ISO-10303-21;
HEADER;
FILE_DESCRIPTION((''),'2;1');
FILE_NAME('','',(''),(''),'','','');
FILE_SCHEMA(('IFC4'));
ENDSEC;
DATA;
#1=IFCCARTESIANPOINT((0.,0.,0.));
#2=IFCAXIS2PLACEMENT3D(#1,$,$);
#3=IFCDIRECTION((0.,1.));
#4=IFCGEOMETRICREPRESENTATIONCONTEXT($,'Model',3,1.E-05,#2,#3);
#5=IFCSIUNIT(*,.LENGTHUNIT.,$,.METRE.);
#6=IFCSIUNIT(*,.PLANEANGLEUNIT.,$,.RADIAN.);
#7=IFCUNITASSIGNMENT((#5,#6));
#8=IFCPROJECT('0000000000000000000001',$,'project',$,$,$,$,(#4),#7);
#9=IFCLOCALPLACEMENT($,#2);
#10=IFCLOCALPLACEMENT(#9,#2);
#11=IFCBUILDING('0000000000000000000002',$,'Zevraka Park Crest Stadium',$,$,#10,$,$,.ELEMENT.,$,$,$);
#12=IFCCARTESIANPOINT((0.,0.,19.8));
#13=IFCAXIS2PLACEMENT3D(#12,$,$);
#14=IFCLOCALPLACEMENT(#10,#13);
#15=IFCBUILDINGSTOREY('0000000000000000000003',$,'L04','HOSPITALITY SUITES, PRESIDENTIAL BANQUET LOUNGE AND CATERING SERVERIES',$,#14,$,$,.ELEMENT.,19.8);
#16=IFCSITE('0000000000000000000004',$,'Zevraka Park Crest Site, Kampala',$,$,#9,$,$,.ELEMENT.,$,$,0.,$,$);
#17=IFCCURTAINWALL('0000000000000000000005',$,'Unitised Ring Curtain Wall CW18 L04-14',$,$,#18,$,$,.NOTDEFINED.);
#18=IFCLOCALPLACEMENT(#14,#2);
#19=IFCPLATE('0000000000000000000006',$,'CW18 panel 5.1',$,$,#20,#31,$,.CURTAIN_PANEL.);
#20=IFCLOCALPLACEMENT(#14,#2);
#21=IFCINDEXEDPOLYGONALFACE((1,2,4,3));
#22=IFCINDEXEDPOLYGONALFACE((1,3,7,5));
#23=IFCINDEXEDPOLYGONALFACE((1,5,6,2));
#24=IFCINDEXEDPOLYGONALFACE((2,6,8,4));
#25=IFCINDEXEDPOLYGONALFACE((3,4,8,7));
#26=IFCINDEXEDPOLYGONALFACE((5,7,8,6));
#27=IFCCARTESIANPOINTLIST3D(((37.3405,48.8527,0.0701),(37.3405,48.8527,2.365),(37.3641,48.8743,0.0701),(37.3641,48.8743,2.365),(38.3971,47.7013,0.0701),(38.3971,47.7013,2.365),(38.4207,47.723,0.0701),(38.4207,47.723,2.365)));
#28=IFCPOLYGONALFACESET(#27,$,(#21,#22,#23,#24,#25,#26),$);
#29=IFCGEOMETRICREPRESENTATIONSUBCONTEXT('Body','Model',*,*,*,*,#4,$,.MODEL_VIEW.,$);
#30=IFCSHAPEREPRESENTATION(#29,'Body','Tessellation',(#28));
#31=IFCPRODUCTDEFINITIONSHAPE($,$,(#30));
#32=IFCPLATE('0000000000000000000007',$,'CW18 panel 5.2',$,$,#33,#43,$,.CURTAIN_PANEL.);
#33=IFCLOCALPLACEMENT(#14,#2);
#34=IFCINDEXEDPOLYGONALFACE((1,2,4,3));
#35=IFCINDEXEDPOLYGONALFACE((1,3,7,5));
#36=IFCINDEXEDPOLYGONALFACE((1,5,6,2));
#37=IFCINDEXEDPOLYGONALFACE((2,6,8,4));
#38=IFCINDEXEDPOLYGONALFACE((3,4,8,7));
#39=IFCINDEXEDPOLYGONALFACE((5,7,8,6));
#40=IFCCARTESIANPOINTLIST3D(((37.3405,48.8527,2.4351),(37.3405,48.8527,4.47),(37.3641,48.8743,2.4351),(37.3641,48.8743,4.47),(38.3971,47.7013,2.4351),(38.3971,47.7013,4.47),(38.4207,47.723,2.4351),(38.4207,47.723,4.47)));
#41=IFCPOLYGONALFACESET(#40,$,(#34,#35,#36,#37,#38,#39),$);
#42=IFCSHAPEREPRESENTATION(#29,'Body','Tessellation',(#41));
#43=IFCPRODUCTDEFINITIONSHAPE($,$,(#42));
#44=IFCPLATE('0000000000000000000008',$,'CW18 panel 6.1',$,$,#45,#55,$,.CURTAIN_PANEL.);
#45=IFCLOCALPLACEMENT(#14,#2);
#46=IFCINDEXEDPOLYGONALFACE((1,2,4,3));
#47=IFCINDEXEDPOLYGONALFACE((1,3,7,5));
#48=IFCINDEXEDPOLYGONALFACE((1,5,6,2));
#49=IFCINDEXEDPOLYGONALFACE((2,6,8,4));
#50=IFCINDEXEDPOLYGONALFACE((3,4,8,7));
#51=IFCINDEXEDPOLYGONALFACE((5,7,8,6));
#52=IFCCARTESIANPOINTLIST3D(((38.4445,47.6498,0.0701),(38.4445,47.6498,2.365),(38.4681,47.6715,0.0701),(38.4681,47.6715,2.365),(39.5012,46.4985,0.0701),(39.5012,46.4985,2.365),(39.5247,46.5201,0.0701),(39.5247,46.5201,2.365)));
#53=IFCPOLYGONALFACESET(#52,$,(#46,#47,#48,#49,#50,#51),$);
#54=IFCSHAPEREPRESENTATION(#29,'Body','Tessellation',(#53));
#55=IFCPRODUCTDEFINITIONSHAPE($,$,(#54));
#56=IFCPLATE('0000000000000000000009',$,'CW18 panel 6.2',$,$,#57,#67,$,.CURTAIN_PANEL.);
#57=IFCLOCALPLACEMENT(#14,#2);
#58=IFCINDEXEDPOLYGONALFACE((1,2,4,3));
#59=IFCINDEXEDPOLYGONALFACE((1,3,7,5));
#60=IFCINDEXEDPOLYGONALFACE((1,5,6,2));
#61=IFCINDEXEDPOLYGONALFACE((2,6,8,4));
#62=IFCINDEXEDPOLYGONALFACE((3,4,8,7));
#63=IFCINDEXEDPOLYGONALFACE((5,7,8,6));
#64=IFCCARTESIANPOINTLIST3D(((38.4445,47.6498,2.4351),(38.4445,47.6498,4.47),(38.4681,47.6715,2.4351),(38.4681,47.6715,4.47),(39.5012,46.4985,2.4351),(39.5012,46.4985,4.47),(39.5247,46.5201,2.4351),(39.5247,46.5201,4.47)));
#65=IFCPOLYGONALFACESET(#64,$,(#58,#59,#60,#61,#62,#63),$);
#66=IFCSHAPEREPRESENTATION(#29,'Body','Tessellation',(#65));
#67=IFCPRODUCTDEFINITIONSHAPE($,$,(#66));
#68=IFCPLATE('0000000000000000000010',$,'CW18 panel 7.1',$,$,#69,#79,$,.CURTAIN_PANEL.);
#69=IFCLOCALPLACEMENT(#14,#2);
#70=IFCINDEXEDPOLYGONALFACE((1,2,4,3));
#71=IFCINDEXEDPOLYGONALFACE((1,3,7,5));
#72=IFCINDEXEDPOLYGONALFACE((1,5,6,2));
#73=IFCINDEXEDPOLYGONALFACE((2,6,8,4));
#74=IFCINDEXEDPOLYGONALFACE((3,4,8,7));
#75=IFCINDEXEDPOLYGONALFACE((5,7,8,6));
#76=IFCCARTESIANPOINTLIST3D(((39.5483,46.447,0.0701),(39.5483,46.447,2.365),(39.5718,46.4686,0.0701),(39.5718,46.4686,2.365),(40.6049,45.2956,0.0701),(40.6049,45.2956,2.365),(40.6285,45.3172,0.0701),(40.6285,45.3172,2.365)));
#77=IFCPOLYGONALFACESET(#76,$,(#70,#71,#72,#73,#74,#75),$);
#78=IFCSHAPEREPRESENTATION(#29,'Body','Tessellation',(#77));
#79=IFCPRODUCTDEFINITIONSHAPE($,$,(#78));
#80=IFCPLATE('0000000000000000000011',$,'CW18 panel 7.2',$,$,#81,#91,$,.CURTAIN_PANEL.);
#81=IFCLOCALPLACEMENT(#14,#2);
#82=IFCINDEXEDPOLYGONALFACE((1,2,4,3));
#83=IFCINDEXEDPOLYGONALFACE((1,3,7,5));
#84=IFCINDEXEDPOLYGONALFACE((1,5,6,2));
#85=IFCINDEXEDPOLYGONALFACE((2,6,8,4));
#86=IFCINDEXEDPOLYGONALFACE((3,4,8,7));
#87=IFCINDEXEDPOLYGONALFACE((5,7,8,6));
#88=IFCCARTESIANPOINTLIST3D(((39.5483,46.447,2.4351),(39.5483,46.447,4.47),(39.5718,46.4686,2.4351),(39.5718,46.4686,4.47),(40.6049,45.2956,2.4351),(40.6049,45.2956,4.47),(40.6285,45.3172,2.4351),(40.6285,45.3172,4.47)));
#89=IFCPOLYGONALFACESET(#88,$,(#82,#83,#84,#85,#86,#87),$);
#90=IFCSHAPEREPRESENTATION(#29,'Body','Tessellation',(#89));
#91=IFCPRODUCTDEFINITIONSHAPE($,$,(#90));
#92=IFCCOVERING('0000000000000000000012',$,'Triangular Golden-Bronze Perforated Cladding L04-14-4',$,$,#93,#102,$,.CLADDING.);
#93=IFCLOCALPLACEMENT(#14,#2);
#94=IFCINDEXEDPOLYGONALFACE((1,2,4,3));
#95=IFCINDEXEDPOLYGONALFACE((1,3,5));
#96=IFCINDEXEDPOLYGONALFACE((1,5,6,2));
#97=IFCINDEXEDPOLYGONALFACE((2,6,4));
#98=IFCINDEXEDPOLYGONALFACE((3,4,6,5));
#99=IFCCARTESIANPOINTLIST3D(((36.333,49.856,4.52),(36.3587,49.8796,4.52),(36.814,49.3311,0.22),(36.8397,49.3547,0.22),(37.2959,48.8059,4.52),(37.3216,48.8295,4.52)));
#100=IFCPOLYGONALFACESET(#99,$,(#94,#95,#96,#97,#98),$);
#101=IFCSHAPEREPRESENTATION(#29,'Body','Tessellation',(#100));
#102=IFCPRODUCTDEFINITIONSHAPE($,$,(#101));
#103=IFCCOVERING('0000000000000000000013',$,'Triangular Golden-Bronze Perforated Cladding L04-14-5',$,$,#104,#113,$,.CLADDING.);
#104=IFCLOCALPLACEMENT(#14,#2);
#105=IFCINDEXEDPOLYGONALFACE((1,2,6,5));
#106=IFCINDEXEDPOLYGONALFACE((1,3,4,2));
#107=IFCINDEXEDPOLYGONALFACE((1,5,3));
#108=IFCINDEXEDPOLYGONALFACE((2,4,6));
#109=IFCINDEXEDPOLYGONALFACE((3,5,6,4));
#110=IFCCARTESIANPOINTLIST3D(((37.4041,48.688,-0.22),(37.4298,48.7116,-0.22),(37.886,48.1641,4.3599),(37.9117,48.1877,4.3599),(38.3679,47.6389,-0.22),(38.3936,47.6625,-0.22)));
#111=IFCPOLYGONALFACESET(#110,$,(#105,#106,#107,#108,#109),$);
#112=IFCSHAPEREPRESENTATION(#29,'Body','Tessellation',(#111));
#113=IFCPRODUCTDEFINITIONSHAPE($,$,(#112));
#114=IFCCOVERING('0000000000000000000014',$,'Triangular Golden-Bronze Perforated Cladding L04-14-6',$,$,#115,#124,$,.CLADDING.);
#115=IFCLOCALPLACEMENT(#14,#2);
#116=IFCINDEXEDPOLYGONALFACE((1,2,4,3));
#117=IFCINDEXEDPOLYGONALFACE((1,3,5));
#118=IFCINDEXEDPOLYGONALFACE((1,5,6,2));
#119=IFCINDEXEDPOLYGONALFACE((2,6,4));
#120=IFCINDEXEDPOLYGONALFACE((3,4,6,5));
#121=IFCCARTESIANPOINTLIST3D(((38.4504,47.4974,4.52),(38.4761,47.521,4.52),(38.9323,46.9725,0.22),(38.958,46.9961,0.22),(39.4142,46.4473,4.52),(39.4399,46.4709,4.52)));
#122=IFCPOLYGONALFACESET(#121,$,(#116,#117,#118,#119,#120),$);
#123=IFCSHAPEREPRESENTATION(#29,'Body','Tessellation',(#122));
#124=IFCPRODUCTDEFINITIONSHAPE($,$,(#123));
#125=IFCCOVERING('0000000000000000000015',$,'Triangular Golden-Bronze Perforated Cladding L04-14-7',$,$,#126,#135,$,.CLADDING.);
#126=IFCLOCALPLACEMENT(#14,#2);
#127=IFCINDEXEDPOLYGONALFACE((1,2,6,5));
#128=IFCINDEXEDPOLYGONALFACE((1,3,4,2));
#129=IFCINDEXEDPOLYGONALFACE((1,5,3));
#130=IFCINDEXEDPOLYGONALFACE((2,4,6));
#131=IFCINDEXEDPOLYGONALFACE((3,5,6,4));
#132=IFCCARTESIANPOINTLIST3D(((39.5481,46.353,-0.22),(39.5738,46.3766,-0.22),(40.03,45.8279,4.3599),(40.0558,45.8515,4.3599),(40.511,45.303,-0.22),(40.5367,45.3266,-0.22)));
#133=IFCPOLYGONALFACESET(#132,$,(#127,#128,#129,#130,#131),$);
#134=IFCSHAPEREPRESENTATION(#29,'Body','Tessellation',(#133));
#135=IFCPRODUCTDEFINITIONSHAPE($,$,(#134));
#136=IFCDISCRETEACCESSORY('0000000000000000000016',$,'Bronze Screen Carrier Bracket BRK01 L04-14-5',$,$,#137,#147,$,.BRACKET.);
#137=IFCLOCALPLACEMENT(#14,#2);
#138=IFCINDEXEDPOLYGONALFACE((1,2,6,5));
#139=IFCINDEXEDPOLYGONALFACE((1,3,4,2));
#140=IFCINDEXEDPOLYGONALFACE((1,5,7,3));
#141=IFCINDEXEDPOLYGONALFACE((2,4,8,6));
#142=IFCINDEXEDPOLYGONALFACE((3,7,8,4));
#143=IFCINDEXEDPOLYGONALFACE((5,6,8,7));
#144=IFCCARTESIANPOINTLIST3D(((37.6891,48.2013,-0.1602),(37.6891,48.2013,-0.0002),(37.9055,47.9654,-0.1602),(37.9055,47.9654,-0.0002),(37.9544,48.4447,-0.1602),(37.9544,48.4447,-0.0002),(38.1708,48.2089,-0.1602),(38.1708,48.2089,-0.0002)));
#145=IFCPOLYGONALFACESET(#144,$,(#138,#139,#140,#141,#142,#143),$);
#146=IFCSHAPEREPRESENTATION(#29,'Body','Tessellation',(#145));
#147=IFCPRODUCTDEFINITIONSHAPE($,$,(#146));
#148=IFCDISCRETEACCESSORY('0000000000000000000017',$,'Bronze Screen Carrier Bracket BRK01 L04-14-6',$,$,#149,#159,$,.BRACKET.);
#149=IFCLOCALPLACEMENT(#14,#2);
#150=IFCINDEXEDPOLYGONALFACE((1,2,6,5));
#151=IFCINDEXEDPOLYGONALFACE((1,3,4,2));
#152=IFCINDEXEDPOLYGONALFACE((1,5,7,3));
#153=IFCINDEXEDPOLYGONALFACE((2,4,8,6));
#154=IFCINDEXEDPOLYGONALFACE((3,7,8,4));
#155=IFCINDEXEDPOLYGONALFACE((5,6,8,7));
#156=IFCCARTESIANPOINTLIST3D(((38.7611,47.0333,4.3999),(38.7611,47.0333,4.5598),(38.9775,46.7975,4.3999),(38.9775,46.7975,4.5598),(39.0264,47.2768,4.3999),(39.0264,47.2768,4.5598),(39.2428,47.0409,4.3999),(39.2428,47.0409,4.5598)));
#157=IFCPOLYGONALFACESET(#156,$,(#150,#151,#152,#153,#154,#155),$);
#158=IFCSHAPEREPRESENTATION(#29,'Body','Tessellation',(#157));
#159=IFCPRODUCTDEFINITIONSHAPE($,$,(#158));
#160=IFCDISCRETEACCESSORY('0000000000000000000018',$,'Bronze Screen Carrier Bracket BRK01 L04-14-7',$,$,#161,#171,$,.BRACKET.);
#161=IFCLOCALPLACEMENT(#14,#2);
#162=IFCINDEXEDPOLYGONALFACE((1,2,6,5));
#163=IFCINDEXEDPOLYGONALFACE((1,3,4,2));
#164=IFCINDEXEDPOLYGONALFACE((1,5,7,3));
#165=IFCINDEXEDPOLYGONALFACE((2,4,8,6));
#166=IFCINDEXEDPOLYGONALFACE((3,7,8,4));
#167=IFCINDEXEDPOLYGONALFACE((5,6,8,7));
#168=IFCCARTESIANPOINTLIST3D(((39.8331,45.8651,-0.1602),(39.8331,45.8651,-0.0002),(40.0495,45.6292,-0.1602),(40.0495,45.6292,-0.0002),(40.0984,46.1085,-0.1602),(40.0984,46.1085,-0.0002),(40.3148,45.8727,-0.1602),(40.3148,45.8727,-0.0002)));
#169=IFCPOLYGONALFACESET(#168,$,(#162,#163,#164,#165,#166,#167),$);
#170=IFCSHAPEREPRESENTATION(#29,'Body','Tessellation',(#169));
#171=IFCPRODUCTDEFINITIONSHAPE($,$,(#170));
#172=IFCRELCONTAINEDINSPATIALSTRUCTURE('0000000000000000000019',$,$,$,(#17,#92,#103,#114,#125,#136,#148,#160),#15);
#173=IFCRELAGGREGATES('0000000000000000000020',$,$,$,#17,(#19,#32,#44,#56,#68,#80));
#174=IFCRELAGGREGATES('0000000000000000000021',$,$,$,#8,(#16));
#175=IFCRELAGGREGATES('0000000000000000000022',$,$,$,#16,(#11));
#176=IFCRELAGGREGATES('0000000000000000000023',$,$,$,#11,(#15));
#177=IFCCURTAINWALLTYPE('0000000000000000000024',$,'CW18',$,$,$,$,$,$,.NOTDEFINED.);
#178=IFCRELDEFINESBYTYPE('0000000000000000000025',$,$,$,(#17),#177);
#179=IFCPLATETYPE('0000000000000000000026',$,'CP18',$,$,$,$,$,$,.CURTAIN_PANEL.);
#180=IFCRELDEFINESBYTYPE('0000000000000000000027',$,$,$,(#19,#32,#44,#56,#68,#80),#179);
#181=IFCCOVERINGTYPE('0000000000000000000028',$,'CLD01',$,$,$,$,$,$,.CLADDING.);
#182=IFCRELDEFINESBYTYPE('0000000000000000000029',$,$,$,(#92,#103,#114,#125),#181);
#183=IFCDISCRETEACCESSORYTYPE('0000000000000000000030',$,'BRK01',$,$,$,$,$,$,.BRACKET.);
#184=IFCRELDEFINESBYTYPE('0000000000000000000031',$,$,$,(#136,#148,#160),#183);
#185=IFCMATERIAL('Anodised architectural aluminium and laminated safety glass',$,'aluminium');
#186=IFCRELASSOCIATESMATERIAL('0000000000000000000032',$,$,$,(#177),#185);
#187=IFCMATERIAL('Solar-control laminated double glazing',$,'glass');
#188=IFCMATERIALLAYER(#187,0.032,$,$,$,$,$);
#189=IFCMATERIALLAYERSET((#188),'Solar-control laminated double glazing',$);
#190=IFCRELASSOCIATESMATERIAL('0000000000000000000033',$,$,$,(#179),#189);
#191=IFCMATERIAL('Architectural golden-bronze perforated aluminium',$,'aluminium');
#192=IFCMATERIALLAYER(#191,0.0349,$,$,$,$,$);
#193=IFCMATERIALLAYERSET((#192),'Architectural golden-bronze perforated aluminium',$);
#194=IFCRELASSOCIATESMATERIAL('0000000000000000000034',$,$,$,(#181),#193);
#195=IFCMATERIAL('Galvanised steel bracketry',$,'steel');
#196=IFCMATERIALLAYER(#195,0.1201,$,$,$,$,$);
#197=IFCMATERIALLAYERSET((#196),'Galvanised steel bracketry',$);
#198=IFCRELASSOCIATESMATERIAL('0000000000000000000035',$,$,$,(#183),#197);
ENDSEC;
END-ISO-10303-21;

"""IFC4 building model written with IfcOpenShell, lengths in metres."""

from ifc_helpers import new_model, si_unit, direction, frame, origin, origin_2d, place, context, subcontext, project, spatial, polyline, rectangle, outline, extrude, material, layer, layer_set, type_object, element, aggregate, save


model = new_model("IFC4")

# Units and contexts
model_context = context("Model", 3, precision=1e-05, world=origin(), true_north=direction((0.0, 1.0)))
body_context = subcontext(model_context, "Body", "Model", "MODEL_VIEW")
ifc_project = project(units=[si_unit("LENGTHUNIT", "METRE"), si_unit("PLANEANGLEUNIT", "RADIAN")], contexts=[model_context])

# Site, building, storey
site_placement = place(None, origin())
site = spatial("IfcSite", under=ifc_project, at=site_placement, Name="Zevraka Park Crest Site, Kampala", CompositionType="ELEMENT", RefElevation=0.0)
building_placement = place(site_placement, origin())
building = spatial("IfcBuilding", under=site, at=building_placement, Name="Zevraka Park Crest Stadium", CompositionType="ELEMENT")
storey_placement = place(building_placement, frame((0.0, 0.0, 19.8)))
storey = spatial("IfcBuildingStorey", under=building, at=storey_placement, Name="L04", Description="HOSPITALITY SUITES, PRESIDENTIAL BANQUET LOUNGE AND CATERING SERVERIES", CompositionType="ELEMENT", Elevation=19.8)

# Curtain wall, plates
ifc_material_1 = material(Name="Anodised architectural aluminium and laminated safety glass", Category="aluminium")
curtain_wall_type = type_object("IfcCurtainWallType", Name="CW18", PredefinedType="NOTDEFINED", material=ifc_material_1)
curtain_wall_placement = place(storey_placement, origin())
curtain_wall = element("IfcCurtainWall", 1, at=curtain_wall_placement, inside=storey, type_object=curtain_wall_type, Name="Unitised Ring Curtain Wall CW18 L04-14", PredefinedType="NOTDEFINED")
ifc_material_2 = material(Name="Solar-control laminated double glazing", Category="glass")
ifc_layer_1 = layer(ifc_material_2, 0.032)
ifc_layer_set_1 = layer_set([ifc_layer_1], Name="Solar-control laminated double glazing")
plate_type = type_object("IfcPlateType", Name="CP18", PredefinedType="CURTAIN_PANEL", material=ifc_layer_set_1)
plate_1_placement = place(storey_placement, frame((37.8806, 48.2878, 0.0701), z_axis=(0.0, 0.0, 1.0), x_axis=(0.676138, -0.736775, 0.0)))
plate_1 = element("IfcPlate", 2, at=plate_1_placement, type_object=plate_type, Name="CW18 panel 5.1", PredefinedType="CURTAIN_PANEL", context=body_context, shape_type="SweptSolid", body=[
    extrude(rectangle(XDim=1.5627, YDim=0.032, at=origin_2d()), origin(), (0.0, 0.0, 1.0), 2.2949),
])
plate_2_placement = place(storey_placement, frame((37.8806, 48.2878, 2.4351), z_axis=(0.0, 0.0, 1.0), x_axis=(0.676138, -0.736775, 0.0)))
plate_2 = element("IfcPlate", 3, at=plate_2_placement, type_object=plate_type, Name="CW18 panel 5.2", PredefinedType="CURTAIN_PANEL", context=body_context, shape_type="SweptSolid", body=[
    extrude(rectangle(XDim=1.5627, YDim=0.032, at=origin_2d()), origin(), (0.0, 0.0, 1.0), 2.0349),
])
plate_3_placement = place(storey_placement, frame((38.9846, 47.085, 0.0701), z_axis=(0.0, 0.0, 1.0), x_axis=(0.676138, -0.736775, 0.0)))
plate_3 = element("IfcPlate", 4, at=plate_3_placement, type_object=plate_type, Name="CW18 panel 6.1", PredefinedType="CURTAIN_PANEL", context=body_context, shape_type="SweptSolid", body=[
    extrude(rectangle(XDim=1.5627, YDim=0.032, at=origin_2d()), origin(), (0.0, 0.0, 1.0), 2.2949),
])
plate_4_placement = place(storey_placement, frame((38.9846, 47.085, 2.4351), z_axis=(0.0, 0.0, 1.0), x_axis=(0.676138, -0.736775, 0.0)))
plate_4 = element("IfcPlate", 5, at=plate_4_placement, type_object=plate_type, Name="CW18 panel 6.2", PredefinedType="CURTAIN_PANEL", context=body_context, shape_type="SweptSolid", body=[
    extrude(rectangle(XDim=1.5627, YDim=0.032, at=origin_2d()), origin(), (0.0, 0.0, 1.0), 2.0349),
])
plate_5_placement = place(storey_placement, frame((40.0884, 45.8821, 0.0701), z_axis=(0.0, 0.0, 1.0), x_axis=(0.676138, -0.736775, 0.0)))
plate_5 = element("IfcPlate", 6, at=plate_5_placement, type_object=plate_type, Name="CW18 panel 7.1", PredefinedType="CURTAIN_PANEL", context=body_context, shape_type="SweptSolid", body=[
    extrude(rectangle(XDim=1.5627, YDim=0.032, at=origin_2d()), origin(), (0.0, 0.0, 1.0), 2.2949),
])
plate_6_placement = place(storey_placement, frame((40.0884, 45.8821, 2.4351), z_axis=(0.0, 0.0, 1.0), x_axis=(0.676138, -0.736775, 0.0)))
plate_6 = element("IfcPlate", 7, at=plate_6_placement, type_object=plate_type, Name="CW18 panel 7.2", PredefinedType="CURTAIN_PANEL", context=body_context, shape_type="SweptSolid", body=[
    extrude(rectangle(XDim=1.5627, YDim=0.032, at=origin_2d()), origin(), (0.0, 0.0, 1.0), 2.0349),
])
aggregate(curtain_wall, [plate_1, plate_2, plate_3, plate_4, plate_5, plate_6])

# Coverings
ifc_material_3 = material(Name="Architectural golden-bronze perforated aluminium", Category="aluminium")
ifc_layer_2 = layer(ifc_material_3, 0.0349)
ifc_layer_set_2 = layer_set([ifc_layer_2], Name="Architectural golden-bronze perforated aluminium")
covering_type = type_object("IfcCoveringType", Name="CLD01", PredefinedType="CLADDING", material=ifc_layer_set_2)
covering_1_placement = place(storey_placement, frame((37.2959, 48.8059, 4.52), z_axis=(-0.737033, -0.675857, 0.000065), x_axis=(-0.675857, 0.737033, 0.0)))
element("IfcCovering", 8, at=covering_1_placement, inside=storey, type_object=covering_type, Name="Triangular Golden-Bronze Perforated Cladding L04-14-4", PredefinedType="CLADDING", context=body_context, shape_type="SweptSolid", body=[
    extrude(outline(polyline([(0.0, 0.0), (1.4247, 0.0), (0.7128, 4.3), (0.0, 0.0)])), origin(), (0.0, 0.0, -1.0), 0.0349),
])
covering_2_placement = place(storey_placement, frame((37.4041, 48.688, -0.22), z_axis=(-0.736378, -0.67657, 0.00009), x_axis=(0.67657, -0.736378, 0.0)))
element("IfcCovering", 9, at=covering_2_placement, inside=storey, type_object=covering_type, Name="Triangular Golden-Bronze Perforated Cladding L04-14-5", PredefinedType="CLADDING", context=body_context, shape_type="SweptSolid", body=[
    extrude(outline(polyline([(0.0, 0.0), (1.4246, 0.0), (0.7119, 4.5798), (0.0, 0.0)])), origin(), (0.0, 0.0, -1.0), 0.0349),
])
covering_3_placement = place(storey_placement, frame((39.4399, 46.4709, 4.52), z_axis=(0.736692, 0.676229, 0.000019), x_axis=(-0.676229, 0.736692, 0.0)))
element("IfcCovering", 10, at=covering_3_placement, inside=storey, type_object=covering_type, Name="Triangular Golden-Bronze Perforated Cladding L04-14-6", PredefinedType="CLADDING", context=body_context, shape_type="SweptSolid", body=[
    extrude(outline(polyline([(0.0, 0.0), (1.4254, 0.0), (0.7128, -4.3), (0.0, 0.0)])), origin(), (0.0, 0.0, -1.0), 0.0349),
])
covering_4_placement = place(storey_placement, frame((39.5481, 46.353, -0.22), z_axis=(-0.737033, -0.675857, 0.000061), x_axis=(0.675857, -0.737033, 0.0)))
element("IfcCovering", 11, at=covering_4_placement, inside=storey, type_object=covering_type, Name="Triangular Golden-Bronze Perforated Cladding L04-14-7", PredefinedType="CLADDING", context=body_context, shape_type="SweptSolid", body=[
    extrude(outline(polyline([(0.0, 0.0), (1.4247, 0.0), (0.7128, 4.5798), (0.0, 0.0)])), origin(), (0.0, 0.0, -1.0), 0.0349),
])

# Discrete accessories
ifc_material_4 = material(Name="Galvanised steel bracketry", Category="steel")
ifc_layer_3 = layer(ifc_material_4, 0.1201)
ifc_layer_set_3 = layer_set([ifc_layer_3], Name="Galvanised steel bracketry")
discrete_accessory_type = type_object("IfcDiscreteAccessoryType", Name="BRK01", PredefinedType="BRACKET", material=ifc_layer_set_3)
for number, where, z_axis, x_axis, name in (
    (12, (37.9299, 48.2051, -0.1602), (0.0, 0.0, 1.0), (0.676105, -0.736806, 0.0), "Bronze Screen Carrier Bracket BRK01 L04-14-5"),
    (13, (39.002, 47.0371, 4.3999), (0.0, 0.0, 1.0), (0.676105, -0.736806, 0.0), "Bronze Screen Carrier Bracket BRK01 L04-14-6"),
    (14, (40.074, 45.8689, -0.1602), (0.0, 0.0, 1.0), (0.676105, -0.736806, 0.0), "Bronze Screen Carrier Bracket BRK01 L04-14-7"),
):
    element("IfcDiscreteAccessory", number, at=place(storey_placement, frame(where, z_axis=z_axis, x_axis=x_axis)), inside=storey, type_object=discrete_accessory_type, Name=name, PredefinedType="BRACKET", context=body_context, shape_type="SweptSolid", body=[
        extrude(rectangle(XDim=0.3201, YDim=0.3601, at=origin_2d()), origin(), (0.0, 0.0, 1.0), 0.1599),
    ])

save(model, "model.ifc")
